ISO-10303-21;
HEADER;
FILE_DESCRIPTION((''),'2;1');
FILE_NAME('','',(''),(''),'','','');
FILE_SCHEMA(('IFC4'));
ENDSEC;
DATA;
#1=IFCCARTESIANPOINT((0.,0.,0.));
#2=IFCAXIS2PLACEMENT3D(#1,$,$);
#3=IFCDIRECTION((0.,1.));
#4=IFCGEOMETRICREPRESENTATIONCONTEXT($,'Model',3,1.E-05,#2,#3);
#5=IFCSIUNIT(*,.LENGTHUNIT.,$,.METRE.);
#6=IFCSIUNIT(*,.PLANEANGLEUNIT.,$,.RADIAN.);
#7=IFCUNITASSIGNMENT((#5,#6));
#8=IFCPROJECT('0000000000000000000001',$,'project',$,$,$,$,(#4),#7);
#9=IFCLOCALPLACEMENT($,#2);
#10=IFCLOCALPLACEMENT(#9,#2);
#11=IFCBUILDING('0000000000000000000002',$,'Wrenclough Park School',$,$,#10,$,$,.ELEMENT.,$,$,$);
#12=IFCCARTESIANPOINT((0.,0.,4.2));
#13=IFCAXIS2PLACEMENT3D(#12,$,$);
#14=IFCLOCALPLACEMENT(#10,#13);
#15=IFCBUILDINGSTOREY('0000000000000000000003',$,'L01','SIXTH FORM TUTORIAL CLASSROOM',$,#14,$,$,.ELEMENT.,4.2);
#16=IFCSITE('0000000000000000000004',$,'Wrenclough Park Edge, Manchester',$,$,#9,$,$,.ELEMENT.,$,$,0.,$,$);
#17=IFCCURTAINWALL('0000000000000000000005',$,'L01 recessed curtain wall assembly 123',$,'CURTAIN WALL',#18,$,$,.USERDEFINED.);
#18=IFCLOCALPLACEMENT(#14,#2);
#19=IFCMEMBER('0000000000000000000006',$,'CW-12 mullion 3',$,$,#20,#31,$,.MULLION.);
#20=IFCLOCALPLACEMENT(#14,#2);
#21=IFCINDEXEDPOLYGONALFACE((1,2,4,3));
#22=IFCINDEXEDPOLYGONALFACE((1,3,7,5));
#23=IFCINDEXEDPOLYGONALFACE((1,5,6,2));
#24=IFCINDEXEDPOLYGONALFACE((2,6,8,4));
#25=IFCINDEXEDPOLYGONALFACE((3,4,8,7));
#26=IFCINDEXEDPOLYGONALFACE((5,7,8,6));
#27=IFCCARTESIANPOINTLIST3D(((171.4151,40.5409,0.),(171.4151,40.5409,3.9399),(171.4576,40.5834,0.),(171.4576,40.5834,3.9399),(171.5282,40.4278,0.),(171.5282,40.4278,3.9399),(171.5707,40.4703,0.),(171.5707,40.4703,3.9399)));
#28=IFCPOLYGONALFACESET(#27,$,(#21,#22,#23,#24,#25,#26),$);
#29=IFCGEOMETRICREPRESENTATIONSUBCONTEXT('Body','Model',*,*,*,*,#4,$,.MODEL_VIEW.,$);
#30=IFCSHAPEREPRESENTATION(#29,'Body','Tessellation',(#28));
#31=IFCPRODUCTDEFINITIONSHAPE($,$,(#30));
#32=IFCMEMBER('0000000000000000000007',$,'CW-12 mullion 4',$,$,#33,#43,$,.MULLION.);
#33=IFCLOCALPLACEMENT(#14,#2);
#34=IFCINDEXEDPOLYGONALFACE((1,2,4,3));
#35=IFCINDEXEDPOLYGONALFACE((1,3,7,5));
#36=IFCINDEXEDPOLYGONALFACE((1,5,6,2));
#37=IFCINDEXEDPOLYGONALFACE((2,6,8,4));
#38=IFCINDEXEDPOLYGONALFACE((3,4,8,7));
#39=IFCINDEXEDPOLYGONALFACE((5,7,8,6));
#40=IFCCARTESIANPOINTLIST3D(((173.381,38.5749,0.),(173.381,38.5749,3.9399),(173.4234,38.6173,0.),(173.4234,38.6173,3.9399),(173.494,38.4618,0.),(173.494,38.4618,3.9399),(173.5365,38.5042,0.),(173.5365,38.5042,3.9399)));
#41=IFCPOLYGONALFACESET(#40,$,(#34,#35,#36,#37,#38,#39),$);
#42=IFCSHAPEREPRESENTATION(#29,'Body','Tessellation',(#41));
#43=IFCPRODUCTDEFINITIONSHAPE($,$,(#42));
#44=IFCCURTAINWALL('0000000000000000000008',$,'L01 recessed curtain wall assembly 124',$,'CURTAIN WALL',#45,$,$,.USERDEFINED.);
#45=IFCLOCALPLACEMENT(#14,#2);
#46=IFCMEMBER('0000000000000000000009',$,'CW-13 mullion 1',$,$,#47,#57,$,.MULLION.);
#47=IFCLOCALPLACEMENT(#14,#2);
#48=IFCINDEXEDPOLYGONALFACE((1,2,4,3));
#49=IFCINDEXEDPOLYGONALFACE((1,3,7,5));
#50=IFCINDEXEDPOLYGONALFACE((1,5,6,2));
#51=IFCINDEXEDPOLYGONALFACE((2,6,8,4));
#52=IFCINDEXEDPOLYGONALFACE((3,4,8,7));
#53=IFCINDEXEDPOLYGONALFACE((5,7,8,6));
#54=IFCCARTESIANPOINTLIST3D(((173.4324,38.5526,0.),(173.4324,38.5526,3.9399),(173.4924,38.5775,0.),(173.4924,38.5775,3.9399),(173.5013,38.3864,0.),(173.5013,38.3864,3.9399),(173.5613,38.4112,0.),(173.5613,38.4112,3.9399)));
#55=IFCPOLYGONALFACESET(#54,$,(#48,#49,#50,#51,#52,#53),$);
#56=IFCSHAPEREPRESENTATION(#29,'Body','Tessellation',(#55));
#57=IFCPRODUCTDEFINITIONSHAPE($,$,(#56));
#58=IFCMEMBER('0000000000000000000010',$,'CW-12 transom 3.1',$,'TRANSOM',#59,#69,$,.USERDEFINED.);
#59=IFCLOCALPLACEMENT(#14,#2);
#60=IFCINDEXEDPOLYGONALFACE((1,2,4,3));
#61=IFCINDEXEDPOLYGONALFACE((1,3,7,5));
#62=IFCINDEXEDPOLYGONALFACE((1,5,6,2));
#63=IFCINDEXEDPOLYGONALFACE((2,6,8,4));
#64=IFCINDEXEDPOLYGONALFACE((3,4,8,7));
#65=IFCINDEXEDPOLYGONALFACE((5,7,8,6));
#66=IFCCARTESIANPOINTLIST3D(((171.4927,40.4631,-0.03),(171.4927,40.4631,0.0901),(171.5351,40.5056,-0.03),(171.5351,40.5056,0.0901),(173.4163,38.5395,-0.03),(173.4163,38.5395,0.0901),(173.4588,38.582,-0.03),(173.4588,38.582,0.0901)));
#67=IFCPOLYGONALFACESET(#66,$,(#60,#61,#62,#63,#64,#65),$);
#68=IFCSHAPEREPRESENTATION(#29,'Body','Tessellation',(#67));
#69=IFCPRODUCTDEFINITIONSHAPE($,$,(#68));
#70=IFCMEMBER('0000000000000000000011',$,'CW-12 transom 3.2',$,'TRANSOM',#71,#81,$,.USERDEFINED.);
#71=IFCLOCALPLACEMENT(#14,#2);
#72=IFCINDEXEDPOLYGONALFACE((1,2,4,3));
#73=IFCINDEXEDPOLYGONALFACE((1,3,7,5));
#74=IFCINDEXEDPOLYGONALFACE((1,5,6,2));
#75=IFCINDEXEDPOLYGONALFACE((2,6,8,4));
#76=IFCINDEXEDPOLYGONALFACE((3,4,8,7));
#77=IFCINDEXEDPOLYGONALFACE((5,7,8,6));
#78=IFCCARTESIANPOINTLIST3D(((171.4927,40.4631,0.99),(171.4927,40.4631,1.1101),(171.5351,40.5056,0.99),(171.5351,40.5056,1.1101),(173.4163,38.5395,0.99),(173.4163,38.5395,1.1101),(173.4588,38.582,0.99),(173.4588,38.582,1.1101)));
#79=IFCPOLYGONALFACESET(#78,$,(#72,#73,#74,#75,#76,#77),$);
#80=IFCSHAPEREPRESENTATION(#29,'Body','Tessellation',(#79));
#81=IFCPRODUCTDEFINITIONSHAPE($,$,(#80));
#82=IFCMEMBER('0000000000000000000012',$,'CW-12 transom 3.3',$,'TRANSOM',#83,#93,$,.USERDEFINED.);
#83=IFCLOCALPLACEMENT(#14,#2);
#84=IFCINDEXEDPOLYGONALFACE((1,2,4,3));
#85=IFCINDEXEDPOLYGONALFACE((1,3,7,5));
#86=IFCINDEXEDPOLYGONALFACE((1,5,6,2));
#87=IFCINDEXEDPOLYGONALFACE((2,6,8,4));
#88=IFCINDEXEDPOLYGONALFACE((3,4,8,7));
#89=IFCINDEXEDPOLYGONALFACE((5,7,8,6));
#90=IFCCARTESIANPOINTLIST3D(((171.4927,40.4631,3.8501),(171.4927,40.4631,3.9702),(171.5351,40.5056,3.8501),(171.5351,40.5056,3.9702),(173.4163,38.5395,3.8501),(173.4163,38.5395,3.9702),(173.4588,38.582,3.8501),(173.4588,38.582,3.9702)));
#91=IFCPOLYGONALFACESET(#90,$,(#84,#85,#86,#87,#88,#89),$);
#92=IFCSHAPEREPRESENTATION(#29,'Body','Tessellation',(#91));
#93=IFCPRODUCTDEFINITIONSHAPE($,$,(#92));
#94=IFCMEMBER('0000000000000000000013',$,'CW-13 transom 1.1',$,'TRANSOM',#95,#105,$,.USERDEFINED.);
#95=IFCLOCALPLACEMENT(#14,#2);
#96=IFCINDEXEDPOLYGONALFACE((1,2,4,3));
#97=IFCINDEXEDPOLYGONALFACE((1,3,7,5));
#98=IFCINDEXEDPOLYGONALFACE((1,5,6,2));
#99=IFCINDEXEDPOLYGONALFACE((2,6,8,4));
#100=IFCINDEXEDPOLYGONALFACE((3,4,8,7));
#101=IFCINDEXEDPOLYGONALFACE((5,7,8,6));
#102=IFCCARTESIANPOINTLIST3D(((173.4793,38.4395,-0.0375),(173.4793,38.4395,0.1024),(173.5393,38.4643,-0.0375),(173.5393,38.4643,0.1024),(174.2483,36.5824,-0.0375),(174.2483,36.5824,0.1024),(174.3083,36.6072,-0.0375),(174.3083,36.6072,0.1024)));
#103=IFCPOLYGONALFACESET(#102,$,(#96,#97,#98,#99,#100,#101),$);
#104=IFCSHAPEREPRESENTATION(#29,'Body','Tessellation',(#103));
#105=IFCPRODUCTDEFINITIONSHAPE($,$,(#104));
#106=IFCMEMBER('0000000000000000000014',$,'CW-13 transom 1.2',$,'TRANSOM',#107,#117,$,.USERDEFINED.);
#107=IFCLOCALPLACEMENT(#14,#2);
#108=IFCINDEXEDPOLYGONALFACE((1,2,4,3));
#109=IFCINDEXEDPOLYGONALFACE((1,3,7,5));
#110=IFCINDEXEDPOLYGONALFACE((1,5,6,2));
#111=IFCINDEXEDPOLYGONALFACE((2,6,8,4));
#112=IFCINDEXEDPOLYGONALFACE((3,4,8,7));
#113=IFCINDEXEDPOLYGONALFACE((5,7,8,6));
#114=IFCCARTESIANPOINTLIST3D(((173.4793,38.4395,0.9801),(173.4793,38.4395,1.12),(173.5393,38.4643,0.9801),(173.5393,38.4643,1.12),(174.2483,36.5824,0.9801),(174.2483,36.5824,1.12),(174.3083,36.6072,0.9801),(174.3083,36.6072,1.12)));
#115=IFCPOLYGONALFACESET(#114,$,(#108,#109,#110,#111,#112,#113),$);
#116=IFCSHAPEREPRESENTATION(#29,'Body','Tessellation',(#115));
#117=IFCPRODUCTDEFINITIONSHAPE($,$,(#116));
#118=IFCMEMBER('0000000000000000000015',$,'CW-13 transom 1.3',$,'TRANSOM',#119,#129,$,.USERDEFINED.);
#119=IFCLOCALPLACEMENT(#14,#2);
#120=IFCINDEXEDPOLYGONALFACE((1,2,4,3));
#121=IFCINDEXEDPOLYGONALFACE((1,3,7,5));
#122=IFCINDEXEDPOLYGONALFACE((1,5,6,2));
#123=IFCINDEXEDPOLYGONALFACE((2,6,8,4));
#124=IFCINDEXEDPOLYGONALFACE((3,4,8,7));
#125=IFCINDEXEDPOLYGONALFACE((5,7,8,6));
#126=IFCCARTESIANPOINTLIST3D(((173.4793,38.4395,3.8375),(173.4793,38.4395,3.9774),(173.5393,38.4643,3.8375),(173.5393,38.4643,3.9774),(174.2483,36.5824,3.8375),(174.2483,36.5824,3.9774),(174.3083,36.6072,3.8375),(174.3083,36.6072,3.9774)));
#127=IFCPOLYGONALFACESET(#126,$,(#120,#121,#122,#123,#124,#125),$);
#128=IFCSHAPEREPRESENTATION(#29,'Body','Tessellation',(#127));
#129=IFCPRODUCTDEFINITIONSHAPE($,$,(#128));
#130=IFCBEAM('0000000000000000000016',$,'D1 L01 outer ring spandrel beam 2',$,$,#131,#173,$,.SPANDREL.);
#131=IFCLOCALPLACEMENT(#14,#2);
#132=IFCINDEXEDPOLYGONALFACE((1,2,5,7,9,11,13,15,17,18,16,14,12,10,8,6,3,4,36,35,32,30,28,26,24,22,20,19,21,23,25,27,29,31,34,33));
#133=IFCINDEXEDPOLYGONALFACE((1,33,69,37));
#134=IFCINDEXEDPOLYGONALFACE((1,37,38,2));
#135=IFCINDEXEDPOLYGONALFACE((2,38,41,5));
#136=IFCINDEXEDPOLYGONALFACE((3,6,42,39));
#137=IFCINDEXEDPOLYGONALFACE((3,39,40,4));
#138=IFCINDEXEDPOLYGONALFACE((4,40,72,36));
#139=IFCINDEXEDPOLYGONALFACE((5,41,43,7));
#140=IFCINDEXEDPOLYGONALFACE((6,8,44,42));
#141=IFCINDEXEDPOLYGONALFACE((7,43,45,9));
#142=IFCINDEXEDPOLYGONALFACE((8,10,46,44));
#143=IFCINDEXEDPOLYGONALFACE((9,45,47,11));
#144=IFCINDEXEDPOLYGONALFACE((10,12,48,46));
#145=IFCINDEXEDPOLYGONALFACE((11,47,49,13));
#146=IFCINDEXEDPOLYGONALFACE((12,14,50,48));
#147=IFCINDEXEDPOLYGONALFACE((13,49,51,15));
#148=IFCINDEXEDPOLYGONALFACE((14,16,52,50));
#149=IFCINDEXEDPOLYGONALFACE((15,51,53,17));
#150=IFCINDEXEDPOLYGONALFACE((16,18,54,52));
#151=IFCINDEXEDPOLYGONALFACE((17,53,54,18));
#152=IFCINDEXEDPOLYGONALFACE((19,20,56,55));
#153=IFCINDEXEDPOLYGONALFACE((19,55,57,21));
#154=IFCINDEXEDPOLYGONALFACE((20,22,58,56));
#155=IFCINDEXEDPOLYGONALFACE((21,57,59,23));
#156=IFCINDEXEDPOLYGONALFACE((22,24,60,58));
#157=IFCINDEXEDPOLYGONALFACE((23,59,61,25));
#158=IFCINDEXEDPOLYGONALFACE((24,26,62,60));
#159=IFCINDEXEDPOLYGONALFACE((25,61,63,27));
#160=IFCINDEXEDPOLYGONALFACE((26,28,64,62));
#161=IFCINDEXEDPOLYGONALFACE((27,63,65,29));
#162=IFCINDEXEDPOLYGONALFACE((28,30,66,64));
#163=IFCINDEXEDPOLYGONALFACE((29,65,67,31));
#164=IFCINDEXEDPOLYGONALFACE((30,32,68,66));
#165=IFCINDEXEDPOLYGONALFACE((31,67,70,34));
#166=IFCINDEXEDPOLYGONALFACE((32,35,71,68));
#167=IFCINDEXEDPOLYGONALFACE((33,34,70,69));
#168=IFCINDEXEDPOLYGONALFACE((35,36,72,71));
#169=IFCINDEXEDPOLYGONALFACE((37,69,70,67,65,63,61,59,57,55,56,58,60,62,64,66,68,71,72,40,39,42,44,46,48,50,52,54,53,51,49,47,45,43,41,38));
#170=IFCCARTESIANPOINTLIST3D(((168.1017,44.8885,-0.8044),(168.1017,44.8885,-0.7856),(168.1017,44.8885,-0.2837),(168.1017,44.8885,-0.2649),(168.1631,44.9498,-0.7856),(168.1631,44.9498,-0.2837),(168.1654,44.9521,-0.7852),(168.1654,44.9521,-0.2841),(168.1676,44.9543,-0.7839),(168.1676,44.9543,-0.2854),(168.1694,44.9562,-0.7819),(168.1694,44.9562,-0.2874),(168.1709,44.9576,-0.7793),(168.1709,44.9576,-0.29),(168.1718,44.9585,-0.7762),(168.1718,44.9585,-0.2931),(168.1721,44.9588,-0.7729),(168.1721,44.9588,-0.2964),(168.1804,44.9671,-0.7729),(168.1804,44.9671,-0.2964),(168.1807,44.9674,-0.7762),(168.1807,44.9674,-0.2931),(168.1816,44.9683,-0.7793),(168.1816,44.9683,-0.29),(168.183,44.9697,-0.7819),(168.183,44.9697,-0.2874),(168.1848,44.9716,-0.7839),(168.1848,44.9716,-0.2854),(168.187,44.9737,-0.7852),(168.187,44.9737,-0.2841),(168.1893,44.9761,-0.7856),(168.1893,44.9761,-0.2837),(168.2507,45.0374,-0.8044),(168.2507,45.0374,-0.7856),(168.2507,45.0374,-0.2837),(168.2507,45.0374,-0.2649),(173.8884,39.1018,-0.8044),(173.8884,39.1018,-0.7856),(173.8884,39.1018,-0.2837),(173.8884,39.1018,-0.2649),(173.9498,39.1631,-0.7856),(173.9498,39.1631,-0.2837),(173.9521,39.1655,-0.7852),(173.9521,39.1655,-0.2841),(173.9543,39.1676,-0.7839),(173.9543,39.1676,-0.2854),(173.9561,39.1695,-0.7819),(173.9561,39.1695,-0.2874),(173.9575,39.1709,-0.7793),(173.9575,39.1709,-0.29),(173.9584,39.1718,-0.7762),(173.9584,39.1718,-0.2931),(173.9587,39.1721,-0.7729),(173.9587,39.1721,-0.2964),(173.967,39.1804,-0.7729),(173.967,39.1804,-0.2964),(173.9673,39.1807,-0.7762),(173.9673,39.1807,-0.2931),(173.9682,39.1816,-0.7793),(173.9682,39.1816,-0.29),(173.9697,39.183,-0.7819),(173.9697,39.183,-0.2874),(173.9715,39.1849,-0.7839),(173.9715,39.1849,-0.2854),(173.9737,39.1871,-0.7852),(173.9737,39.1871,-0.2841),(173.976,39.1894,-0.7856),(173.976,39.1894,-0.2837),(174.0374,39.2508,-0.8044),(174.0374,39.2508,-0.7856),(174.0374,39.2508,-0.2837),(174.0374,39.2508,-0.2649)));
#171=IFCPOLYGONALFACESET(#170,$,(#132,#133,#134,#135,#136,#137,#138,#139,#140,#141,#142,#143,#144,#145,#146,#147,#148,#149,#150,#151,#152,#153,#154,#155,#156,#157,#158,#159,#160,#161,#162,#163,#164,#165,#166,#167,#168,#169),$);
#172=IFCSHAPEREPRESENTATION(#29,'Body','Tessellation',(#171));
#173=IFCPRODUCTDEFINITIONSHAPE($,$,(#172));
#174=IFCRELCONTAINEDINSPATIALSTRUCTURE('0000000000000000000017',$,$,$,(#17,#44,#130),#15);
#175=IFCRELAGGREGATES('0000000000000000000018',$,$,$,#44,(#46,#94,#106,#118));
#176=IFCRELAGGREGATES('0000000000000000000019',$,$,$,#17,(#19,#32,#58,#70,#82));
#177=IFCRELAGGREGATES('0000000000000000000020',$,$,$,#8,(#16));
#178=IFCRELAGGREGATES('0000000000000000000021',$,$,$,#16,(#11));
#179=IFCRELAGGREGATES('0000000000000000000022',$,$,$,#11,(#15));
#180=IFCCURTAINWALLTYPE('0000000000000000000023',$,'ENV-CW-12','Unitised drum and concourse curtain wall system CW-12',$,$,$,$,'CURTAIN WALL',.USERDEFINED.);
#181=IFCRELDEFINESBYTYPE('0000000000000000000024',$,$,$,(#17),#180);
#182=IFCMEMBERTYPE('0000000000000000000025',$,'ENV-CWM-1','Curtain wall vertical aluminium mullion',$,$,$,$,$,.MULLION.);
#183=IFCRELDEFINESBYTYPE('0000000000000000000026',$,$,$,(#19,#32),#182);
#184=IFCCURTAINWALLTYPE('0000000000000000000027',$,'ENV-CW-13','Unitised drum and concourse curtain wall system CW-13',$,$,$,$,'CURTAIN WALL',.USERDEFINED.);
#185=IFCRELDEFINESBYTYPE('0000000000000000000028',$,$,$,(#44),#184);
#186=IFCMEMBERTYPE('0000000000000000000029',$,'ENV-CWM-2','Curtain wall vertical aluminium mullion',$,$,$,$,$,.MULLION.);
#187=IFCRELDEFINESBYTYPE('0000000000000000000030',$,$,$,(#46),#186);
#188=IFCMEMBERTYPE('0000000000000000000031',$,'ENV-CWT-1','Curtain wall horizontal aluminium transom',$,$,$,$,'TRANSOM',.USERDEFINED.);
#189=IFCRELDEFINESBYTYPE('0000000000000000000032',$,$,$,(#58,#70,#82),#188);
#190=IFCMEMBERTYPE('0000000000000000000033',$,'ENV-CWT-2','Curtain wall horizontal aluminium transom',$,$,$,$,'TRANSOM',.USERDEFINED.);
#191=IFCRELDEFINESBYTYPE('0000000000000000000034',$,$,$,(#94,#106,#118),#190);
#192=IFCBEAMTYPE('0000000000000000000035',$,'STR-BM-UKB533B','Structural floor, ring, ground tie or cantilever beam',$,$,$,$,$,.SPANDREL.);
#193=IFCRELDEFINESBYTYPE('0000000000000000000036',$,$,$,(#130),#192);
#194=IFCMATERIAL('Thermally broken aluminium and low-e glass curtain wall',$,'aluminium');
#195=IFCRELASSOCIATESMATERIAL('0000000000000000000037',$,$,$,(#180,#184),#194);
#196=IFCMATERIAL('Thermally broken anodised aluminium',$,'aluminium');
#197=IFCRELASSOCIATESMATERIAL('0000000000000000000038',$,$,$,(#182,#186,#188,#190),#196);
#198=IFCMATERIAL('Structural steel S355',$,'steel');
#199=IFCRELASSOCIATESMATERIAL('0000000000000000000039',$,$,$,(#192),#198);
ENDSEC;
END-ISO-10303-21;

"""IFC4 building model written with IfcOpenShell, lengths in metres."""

from ifc_helpers import new_model, si_unit, direction, frame, origin, origin_2d, place, context, subcontext, project, spatial, rectangle, i_section, extrude, material, material_profile, profile_set, type_object, element, aggregate, save


model = new_model("IFC4")

# Units and contexts
model_context = context("Model", 3, precision=1e-05, world=origin(), true_north=direction((0.0, 1.0)))
body_context = subcontext(model_context, "Body", "Model", "MODEL_VIEW")
ifc_project = project(units=[si_unit("LENGTHUNIT", "METRE"), si_unit("PLANEANGLEUNIT", "RADIAN")], contexts=[model_context])

# Site, building, storey
site_placement = place(None, origin())
site = spatial("IfcSite", under=ifc_project, at=site_placement, Name="Wrenclough Park Edge, Manchester", CompositionType="ELEMENT", RefElevation=0.0)
building_placement = place(site_placement, origin())
building = spatial("IfcBuilding", under=site, at=building_placement, Name="Wrenclough Park School", CompositionType="ELEMENT")
storey_placement = place(building_placement, frame((0.0, 0.0, 4.2)))
storey = spatial("IfcBuildingStorey", under=building, at=storey_placement, Name="L01", Description="SIXTH FORM TUTORIAL CLASSROOM", CompositionType="ELEMENT", Elevation=4.2)

# Curtain wall, members
ifc_material_1 = material(Name="Thermally broken aluminium and low-e glass curtain wall", Category="aluminium")
curtain_wall_type_1 = type_object("IfcCurtainWallType", Name="ENV-CW-12", Description="Unitised drum and concourse curtain wall system CW-12", ElementType="CURTAIN WALL", PredefinedType="USERDEFINED", material=ifc_material_1)
curtain_wall_1_placement = place(storey_placement, origin())
curtain_wall_1 = element("IfcCurtainWall", 1, at=curtain_wall_1_placement, inside=storey, type_object=curtain_wall_type_1, Name="L01 recessed curtain wall assembly 123", ObjectType="CURTAIN WALL", PredefinedType="USERDEFINED")
ifc_material_2 = material(Name="Thermally broken anodised aluminium", Category="aluminium")
ifc_material_profile_1 = material_profile(ifc_material_2, rectangle(XDim=0.0601, YDim=0.1599, at=origin_2d()), Name="AL MULLION 60x160")
ifc_profile_set_1 = profile_set([ifc_material_profile_1], Name="Thermally broken anodised aluminium")
member_type_1 = type_object("IfcMemberType", Name="ENV-CWM-1", Description="Curtain wall vertical aluminium mullion", PredefinedType="MULLION", material=ifc_profile_set_1)
member_1_placement = place(storey_placement, frame((171.4929, 40.5056, 0.0), z_axis=(0.0, 0.0, 1.0), x_axis=(0.707107, 0.707107, 0.0)))
member_1 = element("IfcMember", 2, at=member_1_placement, type_object=member_type_1, Name="CW-12 mullion 3", PredefinedType="MULLION", context=body_context, shape_type="SweptSolid", body=[
    extrude(rectangle(XDim=0.0601, YDim=0.1599, at=origin_2d()), origin(), (0.0, 0.0, 1.0), 3.9399),
])
member_2_placement = place(storey_placement, frame((173.4587, 38.5396, 0.0), z_axis=(0.0, 0.0, 1.0), x_axis=(0.707107, 0.707107, 0.0)))
member_2 = element("IfcMember", 3, at=member_2_placement, type_object=member_type_1, Name="CW-12 mullion 4", PredefinedType="MULLION", context=body_context, shape_type="SweptSolid", body=[
    extrude(rectangle(XDim=0.0601, YDim=0.1599, at=origin_2d()), origin(), (0.0, 0.0, 1.0), 3.9399),
])

# Curtain wall, member
curtain_wall_type_2 = type_object("IfcCurtainWallType", Name="ENV-CW-13", Description="Unitised drum and concourse curtain wall system CW-13", ElementType="CURTAIN WALL", PredefinedType="USERDEFINED", material=ifc_material_1)
curtain_wall_2_placement = place(storey_placement, origin())
curtain_wall_2 = element("IfcCurtainWall", 4, at=curtain_wall_2_placement, inside=storey, type_object=curtain_wall_type_2, Name="L01 recessed curtain wall assembly 124", ObjectType="CURTAIN WALL", PredefinedType="USERDEFINED")
ifc_material_profile_2 = material_profile(ifc_material_2, rectangle(XDim=0.0649, YDim=0.1799, at=origin_2d()), Name="AL MULLION 65x180")
ifc_profile_set_2 = profile_set([ifc_material_profile_2], Name="Thermally broken anodised aluminium")
member_type_2 = type_object("IfcMemberType", Name="ENV-CWM-2", Description="Curtain wall vertical aluminium mullion", PredefinedType="MULLION", material=ifc_profile_set_2)
member_3_placement = place(storey_placement, frame((173.4968, 38.4819, 0.0), z_axis=(0.0, 0.0, 1.0), x_axis=(0.923878, 0.382687, 0.0)))
member_3 = element("IfcMember", 5, at=member_3_placement, type_object=member_type_2, Name="CW-13 mullion 1", PredefinedType="MULLION", context=body_context, shape_type="SweptSolid", body=[
    extrude(rectangle(XDim=0.0649, YDim=0.1799, at=origin_2d()), origin(), (0.0, 0.0, 1.0), 3.9399),
])

# Members
ifc_material_profile_3 = material_profile(ifc_material_2, rectangle(XDim=0.0601, YDim=0.1201, at=origin_2d()), Name="AL TRANSOM 60x120")
ifc_profile_set_3 = profile_set([ifc_material_profile_3], Name="Thermally broken anodised aluminium")
member_type_3 = type_object("IfcMemberType", Name="ENV-CWT-1", Description="Curtain wall horizontal aluminium transom", ElementType="TRANSOM", PredefinedType="USERDEFINED", material=ifc_profile_set_3)
member_4_placement = place(storey_placement, frame((171.5139, 40.4844, 0.03), z_axis=(0.707107, -0.707107, 0.0), x_axis=(0.707107, 0.707107, 0.0)))
member_4 = element("IfcMember", 6, at=member_4_placement, type_object=member_type_3, Name="CW-12 transom 3.1", ObjectType="TRANSOM", PredefinedType="USERDEFINED", context=body_context, shape_type="SweptSolid", body=[
    extrude(rectangle(XDim=0.0601, YDim=0.1201, at=origin_2d()), origin(), (0.0, 0.0, 1.0), 2.7205),
])
member_5_placement = place(storey_placement, frame((171.5139, 40.4844, 1.05), z_axis=(0.707107, -0.707107, 0.0), x_axis=(0.707107, 0.707107, 0.0)))
member_5 = element("IfcMember", 7, at=member_5_placement, type_object=member_type_3, Name="CW-12 transom 3.2", ObjectType="TRANSOM", PredefinedType="USERDEFINED", context=body_context, shape_type="SweptSolid", body=[
    extrude(rectangle(XDim=0.0601, YDim=0.1201, at=origin_2d()), origin(), (0.0, 0.0, 1.0), 2.7205),
])
member_6_placement = place(storey_placement, frame((171.5139, 40.4844, 3.9102), z_axis=(0.707107, -0.707107, 0.0), x_axis=(0.707107, 0.707107, 0.0)))
member_6 = element("IfcMember", 8, at=member_6_placement, type_object=member_type_3, Name="CW-12 transom 3.3", ObjectType="TRANSOM", PredefinedType="USERDEFINED", context=body_context, shape_type="SweptSolid", body=[
    extrude(rectangle(XDim=0.0601, YDim=0.1201, at=origin_2d()), origin(), (0.0, 0.0, 1.0), 2.7205),
])
ifc_material_profile_4 = material_profile(ifc_material_2, rectangle(XDim=0.0649, YDim=0.1399, at=origin_2d()), Name="AL TRANSOM 65x140")
ifc_profile_set_4 = profile_set([ifc_material_profile_4], Name="Thermally broken anodised aluminium")
member_type_4 = type_object("IfcMemberType", Name="ENV-CWT-2", Description="Curtain wall horizontal aluminium transom", ElementType="TRANSOM", PredefinedType="USERDEFINED", material=ifc_profile_set_4)
member_7_placement = place(storey_placement, frame((173.5093, 38.4519, 0.0325), z_axis=(0.382588, -0.923919, 0.0), x_axis=(0.923919, 0.382588, 0.0)))
member_7 = element("IfcMember", 9, at=member_7_placement, type_object=member_type_4, Name="CW-13 transom 1.1", ObjectType="TRANSOM", PredefinedType="USERDEFINED", context=body_context, shape_type="SweptSolid", body=[
    extrude(rectangle(XDim=0.0649, YDim=0.1399, at=origin_2d()), origin(), (0.0, 0.0, 1.0), 2.01),
])
member_8_placement = place(storey_placement, frame((173.5093, 38.4519, 1.05), z_axis=(0.382588, -0.923919, 0.0), x_axis=(0.923919, 0.382588, 0.0)))
member_8 = element("IfcMember", 10, at=member_8_placement, type_object=member_type_4, Name="CW-13 transom 1.2", ObjectType="TRANSOM", PredefinedType="USERDEFINED", context=body_context, shape_type="SweptSolid", body=[
    extrude(rectangle(XDim=0.0649, YDim=0.1399, at=origin_2d()), origin(), (0.0, 0.0, 1.0), 2.01),
])
member_9_placement = place(storey_placement, frame((173.5093, 38.4519, 3.9075), z_axis=(0.382588, -0.923919, 0.0), x_axis=(0.923919, 0.382588, 0.0)))
member_9 = element("IfcMember", 11, at=member_9_placement, type_object=member_type_4, Name="CW-13 transom 1.3", ObjectType="TRANSOM", PredefinedType="USERDEFINED", context=body_context, shape_type="SweptSolid", body=[
    extrude(rectangle(XDim=0.0649, YDim=0.1399, at=origin_2d()), origin(), (0.0, 0.0, 1.0), 2.01),
])

# Beam
ifc_material_3 = material(Name="Structural steel S355", Category="steel")
ifc_material_profile_5 = material_profile(ifc_material_3, i_section(OverallWidth=0.2107, OverallDepth=0.5396, WebThickness=0.0117, FlangeThickness=0.0188, FilletRadius=0.0127, at=origin_2d()), Name="UKB 533x210x109")
ifc_profile_set_5 = profile_set([ifc_material_profile_5], Name="Structural steel S355")
beam_type_1 = type_object("IfcBeamType", Name="STR-BM-UKB533B", Description="Structural floor, ring, ground tie or cantilever beam", PredefinedType="SPANDREL", material=ifc_profile_set_5)
beam_1_placement = place(storey_placement, frame((173.9629, 39.1763, -0.5347), z_axis=(-0.707107, 0.707107, 0.0), x_axis=(-0.707107, -0.707107, 0.0)))
element("IfcBeam", 12, at=beam_1_placement, inside=storey, type_object=beam_type_1, Name="D1 L01 outer ring spandrel beam 2", PredefinedType="SPANDREL", context=body_context, shape_type="SweptSolid", body=[
    extrude(i_section(OverallWidth=0.2107, OverallDepth=0.5396, WebThickness=0.0117, FlangeThickness=0.0188, FilletRadius=0.0127, at=origin_2d()), origin(), (0.0, 0.0, 1.0), 8.1836),
])

aggregate(curtain_wall_2, [member_3, member_7, member_8, member_9])
aggregate(curtain_wall_1, [member_1, member_2, member_4, member_5, member_6])

save(model, "model.ifc")
